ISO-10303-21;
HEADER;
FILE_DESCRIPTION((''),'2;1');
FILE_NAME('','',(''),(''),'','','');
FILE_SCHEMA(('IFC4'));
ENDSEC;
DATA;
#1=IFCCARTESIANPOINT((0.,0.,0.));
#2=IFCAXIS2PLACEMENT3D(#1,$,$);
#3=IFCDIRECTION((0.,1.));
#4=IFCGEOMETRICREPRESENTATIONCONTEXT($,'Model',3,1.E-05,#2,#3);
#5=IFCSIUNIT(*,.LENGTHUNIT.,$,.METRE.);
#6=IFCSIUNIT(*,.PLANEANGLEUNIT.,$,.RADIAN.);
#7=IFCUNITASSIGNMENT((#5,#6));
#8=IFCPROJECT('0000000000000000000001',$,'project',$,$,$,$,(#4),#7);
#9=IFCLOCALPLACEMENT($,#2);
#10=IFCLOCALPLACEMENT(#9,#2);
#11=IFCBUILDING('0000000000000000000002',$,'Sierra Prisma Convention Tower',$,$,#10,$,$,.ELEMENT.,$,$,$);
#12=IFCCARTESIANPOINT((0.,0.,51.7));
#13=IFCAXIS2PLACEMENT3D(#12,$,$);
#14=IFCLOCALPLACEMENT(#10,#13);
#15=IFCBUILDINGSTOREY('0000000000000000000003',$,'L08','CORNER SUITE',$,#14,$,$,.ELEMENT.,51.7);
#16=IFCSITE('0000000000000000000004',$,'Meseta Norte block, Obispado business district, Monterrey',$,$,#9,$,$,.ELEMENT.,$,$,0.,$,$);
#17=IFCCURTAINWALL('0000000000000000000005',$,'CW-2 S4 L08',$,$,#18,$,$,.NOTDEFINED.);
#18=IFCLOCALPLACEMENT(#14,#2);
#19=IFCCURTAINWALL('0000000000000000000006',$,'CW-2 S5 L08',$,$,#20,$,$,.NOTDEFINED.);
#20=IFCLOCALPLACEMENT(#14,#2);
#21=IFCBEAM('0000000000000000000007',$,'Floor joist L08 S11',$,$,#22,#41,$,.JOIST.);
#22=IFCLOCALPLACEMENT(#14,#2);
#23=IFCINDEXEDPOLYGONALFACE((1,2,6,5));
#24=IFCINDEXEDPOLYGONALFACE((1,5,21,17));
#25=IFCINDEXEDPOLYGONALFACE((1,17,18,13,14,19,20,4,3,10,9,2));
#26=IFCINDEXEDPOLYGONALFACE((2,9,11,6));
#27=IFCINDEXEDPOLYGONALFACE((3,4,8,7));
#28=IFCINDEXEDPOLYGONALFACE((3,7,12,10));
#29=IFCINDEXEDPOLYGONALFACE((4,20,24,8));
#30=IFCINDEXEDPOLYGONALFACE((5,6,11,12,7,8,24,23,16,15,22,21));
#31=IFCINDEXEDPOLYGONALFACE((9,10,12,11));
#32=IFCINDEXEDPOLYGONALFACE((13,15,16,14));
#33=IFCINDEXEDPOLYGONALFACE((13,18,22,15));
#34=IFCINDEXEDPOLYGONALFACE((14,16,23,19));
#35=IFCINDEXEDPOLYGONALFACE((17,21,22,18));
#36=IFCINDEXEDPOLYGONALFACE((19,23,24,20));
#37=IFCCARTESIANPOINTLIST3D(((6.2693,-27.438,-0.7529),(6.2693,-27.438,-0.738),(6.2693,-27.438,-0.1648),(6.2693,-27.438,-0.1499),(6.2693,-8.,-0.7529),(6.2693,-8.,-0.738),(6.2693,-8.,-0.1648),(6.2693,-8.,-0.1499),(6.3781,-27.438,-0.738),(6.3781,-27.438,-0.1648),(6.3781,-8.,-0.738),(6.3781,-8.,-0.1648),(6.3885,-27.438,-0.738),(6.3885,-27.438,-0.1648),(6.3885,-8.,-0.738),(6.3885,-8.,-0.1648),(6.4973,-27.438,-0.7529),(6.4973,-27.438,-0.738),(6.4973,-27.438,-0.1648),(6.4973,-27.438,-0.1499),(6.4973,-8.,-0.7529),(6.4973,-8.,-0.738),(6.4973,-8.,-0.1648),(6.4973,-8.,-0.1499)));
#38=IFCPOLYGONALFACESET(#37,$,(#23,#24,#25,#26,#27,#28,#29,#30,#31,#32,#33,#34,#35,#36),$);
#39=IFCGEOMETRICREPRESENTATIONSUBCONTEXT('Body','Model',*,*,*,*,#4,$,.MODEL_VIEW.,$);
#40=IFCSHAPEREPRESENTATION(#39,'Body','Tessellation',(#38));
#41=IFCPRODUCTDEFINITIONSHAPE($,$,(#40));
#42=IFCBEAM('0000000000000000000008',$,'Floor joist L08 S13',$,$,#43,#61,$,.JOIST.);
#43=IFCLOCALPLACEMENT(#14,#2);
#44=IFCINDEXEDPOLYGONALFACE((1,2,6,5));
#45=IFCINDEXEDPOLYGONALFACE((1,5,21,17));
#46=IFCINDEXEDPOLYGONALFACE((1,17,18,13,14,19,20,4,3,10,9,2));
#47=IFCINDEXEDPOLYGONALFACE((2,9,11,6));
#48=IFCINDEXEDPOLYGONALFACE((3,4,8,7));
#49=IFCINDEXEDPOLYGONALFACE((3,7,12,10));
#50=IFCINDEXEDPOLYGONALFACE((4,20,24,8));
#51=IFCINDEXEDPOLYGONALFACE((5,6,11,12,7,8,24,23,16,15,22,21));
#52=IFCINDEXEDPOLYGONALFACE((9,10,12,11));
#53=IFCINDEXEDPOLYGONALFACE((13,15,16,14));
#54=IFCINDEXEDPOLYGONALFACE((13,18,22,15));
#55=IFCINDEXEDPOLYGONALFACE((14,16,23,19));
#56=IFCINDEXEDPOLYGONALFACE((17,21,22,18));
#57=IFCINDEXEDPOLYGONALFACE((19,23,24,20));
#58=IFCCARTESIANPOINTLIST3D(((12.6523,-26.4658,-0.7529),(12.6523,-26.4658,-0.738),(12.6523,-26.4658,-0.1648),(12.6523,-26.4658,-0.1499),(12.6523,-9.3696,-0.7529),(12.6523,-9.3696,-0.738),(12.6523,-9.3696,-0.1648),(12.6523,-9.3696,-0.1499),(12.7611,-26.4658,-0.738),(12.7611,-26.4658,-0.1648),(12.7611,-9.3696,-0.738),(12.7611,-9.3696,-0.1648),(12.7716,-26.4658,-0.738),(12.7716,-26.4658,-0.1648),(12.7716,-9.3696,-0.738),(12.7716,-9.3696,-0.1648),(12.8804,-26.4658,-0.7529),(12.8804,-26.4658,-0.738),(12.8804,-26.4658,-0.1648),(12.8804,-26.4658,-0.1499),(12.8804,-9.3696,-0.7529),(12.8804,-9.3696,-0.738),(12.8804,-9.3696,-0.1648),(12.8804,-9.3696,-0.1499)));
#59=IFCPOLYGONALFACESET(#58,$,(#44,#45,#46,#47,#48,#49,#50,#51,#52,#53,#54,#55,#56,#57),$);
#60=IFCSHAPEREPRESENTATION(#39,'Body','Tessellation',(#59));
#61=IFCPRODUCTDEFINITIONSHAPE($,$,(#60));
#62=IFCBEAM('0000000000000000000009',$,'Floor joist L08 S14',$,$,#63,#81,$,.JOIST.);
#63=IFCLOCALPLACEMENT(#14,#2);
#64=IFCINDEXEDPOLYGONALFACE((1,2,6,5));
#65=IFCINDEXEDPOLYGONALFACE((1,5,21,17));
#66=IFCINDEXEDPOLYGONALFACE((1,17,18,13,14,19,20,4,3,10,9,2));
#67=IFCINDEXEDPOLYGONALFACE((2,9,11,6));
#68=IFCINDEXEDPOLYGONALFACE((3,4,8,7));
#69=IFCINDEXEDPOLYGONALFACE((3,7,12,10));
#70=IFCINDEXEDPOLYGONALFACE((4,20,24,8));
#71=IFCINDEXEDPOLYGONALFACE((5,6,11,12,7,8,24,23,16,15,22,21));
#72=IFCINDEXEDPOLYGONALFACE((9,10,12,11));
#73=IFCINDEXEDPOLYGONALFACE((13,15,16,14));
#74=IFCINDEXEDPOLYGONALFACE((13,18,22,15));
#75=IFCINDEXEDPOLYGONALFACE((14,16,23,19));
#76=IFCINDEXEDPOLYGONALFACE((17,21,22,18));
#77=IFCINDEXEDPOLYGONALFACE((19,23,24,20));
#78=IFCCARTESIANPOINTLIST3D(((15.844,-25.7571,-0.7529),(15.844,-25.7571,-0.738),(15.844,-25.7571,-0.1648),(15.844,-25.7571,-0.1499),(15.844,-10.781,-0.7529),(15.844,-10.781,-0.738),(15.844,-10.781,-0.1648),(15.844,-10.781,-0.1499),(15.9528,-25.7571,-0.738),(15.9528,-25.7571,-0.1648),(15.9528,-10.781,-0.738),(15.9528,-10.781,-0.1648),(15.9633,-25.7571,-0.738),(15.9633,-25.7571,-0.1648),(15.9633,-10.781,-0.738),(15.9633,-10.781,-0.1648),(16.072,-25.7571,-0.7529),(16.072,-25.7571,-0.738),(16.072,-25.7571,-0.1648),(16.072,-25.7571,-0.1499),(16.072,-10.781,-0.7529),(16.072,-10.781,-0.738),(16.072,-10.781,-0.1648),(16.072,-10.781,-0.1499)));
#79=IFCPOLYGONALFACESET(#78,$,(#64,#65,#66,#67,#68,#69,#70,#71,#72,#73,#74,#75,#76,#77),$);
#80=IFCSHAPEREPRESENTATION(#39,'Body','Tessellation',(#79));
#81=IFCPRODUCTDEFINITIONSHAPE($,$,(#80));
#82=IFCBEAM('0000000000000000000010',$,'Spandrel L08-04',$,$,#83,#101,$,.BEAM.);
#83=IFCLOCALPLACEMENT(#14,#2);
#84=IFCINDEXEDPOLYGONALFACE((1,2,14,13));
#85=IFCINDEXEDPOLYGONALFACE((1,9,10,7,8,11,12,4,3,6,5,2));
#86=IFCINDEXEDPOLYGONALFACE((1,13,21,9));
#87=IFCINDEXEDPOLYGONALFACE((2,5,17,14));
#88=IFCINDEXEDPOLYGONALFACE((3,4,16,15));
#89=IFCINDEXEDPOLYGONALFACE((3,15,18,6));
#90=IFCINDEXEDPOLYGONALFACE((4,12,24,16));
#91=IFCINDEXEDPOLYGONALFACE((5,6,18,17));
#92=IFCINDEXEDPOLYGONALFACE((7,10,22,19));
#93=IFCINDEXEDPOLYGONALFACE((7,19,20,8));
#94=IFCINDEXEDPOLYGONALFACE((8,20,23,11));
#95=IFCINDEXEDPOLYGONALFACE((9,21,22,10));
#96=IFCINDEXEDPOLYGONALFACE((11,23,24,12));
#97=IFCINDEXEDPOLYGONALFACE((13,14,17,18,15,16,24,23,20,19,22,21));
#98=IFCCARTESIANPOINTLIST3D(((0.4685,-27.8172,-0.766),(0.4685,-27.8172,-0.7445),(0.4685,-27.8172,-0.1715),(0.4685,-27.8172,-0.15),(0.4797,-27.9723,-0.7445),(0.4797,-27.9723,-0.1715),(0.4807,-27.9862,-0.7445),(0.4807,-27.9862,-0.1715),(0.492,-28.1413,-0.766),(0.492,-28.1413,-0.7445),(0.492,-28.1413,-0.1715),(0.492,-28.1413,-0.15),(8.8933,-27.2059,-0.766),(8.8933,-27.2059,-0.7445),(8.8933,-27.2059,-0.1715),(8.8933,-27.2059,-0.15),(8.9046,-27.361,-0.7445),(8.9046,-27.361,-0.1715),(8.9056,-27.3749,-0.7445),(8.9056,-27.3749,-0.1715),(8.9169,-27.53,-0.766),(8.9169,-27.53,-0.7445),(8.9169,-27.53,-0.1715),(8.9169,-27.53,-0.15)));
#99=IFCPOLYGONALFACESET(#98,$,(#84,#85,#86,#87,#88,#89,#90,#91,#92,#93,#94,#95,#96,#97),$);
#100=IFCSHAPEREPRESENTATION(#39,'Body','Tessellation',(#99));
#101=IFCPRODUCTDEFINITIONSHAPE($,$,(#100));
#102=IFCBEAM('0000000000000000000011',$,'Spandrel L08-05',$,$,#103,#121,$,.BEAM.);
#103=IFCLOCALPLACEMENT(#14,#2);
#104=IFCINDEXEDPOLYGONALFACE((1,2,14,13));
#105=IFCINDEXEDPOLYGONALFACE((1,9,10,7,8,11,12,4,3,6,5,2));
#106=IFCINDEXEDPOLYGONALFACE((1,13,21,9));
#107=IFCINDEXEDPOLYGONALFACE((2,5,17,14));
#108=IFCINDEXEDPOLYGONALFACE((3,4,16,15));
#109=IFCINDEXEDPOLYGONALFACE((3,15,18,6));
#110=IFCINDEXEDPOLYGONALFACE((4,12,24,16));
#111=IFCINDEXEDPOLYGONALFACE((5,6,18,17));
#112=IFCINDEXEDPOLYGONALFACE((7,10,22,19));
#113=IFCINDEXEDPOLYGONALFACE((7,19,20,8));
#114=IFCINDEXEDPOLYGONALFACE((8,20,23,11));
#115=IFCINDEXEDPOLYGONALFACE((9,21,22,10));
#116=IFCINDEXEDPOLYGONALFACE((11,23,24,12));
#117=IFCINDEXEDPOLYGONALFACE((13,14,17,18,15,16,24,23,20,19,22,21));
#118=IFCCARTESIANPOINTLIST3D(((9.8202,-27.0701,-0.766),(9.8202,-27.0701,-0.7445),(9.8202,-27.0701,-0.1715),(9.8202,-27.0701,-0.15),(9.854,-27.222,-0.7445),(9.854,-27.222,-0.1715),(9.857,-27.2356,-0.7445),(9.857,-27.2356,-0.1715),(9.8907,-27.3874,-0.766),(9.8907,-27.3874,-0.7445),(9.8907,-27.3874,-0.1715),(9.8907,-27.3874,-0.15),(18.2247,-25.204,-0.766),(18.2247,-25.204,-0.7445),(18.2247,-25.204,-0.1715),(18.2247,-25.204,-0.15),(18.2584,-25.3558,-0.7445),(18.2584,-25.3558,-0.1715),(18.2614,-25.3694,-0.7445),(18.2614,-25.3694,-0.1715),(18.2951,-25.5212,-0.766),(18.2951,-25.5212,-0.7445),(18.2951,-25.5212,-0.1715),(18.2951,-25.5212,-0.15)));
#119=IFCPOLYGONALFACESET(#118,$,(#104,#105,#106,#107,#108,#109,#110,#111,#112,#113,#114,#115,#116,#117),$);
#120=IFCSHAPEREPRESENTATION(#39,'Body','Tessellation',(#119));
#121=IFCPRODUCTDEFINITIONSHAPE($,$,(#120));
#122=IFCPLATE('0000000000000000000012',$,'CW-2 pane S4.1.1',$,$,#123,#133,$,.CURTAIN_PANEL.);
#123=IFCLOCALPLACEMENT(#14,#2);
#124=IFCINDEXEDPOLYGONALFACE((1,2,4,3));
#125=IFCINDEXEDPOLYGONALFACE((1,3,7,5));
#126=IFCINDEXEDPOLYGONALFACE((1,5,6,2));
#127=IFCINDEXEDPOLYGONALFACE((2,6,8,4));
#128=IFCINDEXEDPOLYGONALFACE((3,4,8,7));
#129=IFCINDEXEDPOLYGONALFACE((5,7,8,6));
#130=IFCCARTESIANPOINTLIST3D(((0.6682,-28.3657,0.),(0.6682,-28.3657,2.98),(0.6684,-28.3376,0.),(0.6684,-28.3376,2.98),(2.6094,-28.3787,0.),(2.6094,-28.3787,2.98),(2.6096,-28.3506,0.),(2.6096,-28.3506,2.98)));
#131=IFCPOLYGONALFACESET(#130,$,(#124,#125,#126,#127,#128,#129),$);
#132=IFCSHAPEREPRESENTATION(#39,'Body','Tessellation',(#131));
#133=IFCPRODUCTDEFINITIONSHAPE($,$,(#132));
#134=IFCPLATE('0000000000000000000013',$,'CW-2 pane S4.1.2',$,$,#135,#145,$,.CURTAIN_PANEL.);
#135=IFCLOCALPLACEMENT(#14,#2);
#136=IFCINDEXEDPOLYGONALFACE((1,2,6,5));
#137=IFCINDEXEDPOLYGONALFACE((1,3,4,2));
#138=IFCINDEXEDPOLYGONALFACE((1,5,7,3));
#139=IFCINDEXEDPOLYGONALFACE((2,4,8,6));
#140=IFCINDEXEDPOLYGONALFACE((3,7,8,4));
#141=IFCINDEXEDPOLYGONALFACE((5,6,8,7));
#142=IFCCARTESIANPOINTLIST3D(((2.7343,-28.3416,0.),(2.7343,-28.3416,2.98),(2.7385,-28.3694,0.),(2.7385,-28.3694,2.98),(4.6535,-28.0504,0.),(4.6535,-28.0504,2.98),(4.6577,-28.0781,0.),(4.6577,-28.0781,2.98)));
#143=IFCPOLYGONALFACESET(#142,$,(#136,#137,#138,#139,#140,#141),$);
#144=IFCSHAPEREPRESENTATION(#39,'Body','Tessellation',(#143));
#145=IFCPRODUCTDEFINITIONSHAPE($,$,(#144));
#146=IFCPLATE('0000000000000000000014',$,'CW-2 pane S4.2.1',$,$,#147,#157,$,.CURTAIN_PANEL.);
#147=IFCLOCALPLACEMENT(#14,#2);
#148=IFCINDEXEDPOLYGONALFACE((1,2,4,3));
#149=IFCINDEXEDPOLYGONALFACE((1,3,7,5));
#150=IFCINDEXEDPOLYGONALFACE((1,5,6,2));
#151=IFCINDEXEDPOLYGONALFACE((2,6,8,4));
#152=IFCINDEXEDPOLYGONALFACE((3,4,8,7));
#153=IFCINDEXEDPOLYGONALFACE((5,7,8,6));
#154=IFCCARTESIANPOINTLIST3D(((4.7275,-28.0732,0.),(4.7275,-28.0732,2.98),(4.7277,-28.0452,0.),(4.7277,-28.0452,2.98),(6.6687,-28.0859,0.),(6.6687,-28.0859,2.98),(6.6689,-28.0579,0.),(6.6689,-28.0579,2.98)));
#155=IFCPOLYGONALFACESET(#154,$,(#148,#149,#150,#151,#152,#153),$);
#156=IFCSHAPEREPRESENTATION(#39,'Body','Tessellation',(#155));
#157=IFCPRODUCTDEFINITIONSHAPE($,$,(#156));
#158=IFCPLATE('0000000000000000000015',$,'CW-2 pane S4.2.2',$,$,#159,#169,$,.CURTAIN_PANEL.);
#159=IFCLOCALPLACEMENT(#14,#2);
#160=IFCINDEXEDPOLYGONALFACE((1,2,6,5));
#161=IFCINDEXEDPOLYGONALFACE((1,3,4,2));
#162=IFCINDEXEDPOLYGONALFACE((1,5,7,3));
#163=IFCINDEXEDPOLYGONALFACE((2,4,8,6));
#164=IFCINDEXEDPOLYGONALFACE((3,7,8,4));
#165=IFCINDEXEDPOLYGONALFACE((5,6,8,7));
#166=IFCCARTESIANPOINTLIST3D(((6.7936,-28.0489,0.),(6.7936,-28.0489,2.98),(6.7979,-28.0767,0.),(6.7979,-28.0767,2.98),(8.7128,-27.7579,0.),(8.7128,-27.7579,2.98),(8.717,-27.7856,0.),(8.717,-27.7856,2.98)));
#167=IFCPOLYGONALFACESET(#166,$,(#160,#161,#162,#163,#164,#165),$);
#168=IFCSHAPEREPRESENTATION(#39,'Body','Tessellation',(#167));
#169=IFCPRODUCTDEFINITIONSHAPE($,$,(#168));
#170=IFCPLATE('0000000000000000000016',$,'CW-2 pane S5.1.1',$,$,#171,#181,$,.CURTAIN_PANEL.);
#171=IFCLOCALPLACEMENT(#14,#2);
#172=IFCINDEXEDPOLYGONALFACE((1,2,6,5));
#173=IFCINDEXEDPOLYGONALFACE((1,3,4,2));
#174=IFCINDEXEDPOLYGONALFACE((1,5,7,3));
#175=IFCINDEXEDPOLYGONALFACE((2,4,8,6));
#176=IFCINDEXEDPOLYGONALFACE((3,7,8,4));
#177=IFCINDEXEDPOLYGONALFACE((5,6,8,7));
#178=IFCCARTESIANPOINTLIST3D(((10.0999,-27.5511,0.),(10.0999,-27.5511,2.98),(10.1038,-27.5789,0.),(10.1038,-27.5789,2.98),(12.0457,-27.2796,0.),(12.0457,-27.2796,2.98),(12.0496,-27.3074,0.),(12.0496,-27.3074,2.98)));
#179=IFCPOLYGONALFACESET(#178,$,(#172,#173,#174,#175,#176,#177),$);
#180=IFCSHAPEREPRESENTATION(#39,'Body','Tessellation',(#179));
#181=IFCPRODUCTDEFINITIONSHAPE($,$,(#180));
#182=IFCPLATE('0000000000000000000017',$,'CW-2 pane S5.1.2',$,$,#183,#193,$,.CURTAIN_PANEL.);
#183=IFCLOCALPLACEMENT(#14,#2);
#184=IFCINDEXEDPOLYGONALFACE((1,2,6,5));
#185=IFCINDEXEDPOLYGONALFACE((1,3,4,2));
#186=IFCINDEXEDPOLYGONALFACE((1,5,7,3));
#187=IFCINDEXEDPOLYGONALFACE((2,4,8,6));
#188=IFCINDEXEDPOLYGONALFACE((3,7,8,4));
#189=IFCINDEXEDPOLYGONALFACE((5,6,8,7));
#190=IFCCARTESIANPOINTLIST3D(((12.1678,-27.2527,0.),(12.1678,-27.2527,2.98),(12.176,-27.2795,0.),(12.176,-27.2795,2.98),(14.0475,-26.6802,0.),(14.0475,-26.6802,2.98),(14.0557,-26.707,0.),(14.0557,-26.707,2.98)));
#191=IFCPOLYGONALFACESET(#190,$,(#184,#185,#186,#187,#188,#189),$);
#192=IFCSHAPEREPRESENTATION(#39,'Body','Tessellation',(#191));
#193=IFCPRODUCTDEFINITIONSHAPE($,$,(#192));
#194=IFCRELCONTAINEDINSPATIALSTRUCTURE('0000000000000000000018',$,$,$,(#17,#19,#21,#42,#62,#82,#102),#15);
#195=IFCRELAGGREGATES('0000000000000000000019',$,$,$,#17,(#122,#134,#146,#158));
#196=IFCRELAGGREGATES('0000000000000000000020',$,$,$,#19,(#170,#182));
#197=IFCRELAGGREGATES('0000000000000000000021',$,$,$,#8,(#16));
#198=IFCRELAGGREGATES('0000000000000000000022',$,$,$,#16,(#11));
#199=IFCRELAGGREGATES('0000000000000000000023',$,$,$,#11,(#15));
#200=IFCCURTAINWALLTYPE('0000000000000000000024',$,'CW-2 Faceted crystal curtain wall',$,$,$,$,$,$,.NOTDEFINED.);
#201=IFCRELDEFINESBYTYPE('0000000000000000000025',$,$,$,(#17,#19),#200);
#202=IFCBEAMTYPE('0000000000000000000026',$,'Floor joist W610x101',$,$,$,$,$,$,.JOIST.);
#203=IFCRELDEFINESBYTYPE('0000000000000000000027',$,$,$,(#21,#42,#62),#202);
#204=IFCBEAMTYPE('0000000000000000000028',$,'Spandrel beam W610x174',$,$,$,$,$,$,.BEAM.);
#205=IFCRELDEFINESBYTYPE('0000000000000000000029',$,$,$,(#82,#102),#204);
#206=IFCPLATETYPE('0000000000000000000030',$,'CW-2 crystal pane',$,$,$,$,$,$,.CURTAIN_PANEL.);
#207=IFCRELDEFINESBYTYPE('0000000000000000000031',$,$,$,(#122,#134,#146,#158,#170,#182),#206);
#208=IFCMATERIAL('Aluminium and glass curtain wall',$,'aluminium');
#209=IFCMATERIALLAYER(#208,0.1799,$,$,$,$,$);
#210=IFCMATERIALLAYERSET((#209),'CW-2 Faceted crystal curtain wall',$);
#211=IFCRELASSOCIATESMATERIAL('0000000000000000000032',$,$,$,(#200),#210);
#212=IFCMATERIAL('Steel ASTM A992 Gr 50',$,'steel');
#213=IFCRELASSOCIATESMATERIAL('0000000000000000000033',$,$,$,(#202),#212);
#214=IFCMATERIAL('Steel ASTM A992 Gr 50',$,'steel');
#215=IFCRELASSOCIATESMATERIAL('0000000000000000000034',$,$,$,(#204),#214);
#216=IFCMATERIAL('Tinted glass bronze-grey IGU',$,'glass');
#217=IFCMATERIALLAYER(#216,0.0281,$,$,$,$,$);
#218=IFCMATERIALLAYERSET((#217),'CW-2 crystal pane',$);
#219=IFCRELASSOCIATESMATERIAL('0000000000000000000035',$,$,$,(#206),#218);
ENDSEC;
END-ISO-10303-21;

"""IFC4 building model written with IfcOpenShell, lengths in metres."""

from ifc_helpers import new_model, si_unit, direction, frame, origin, origin_2d, place, context, subcontext, project, spatial, polyline, i_section, outline, extrude, material, layer, layer_set, material_profile, profile_set, type_object, element, aggregate, save


model = new_model("IFC4")

# Units and contexts
model_context = context("Model", 3, precision=1e-05, world=origin(), true_north=direction((0.0, 1.0)))
body_context = subcontext(model_context, "Body", "Model", "MODEL_VIEW")
ifc_project = project(units=[si_unit("LENGTHUNIT", "METRE"), si_unit("PLANEANGLEUNIT", "RADIAN")], contexts=[model_context])

# Site, building, storey
site_placement = place(None, origin())
site = spatial("IfcSite", under=ifc_project, at=site_placement, Name="Meseta Norte block, Obispado business district, Monterrey", CompositionType="ELEMENT", RefElevation=0.0)
building_placement = place(site_placement, origin())
building = spatial("IfcBuilding", under=site, at=building_placement, Name="Sierra Prisma Convention Tower", CompositionType="ELEMENT")
storey_placement = place(building_placement, frame((0.0, 0.0, 51.7)))
storey = spatial("IfcBuildingStorey", under=building, at=storey_placement, Name="L08", Description="CORNER SUITE", CompositionType="ELEMENT", Elevation=51.7)

# Curtain walls
ifc_material_1 = material(Name="Aluminium and glass curtain wall", Category="aluminium")
ifc_layer_1 = layer(ifc_material_1, 0.1799)
ifc_layer_set_1 = layer_set([ifc_layer_1], Name="CW-2 Faceted crystal curtain wall")
curtain_wall_type = type_object("IfcCurtainWallType", Name="CW-2 Faceted crystal curtain wall", PredefinedType="NOTDEFINED", material=ifc_layer_set_1)
curtain_wall_1_placement = place(storey_placement, origin())
curtain_wall_1 = element("IfcCurtainWall", 1, at=curtain_wall_1_placement, inside=storey, type_object=curtain_wall_type, Name="CW-2 S4 L08", PredefinedType="NOTDEFINED")
curtain_wall_2_placement = place(storey_placement, origin())
curtain_wall_2 = element("IfcCurtainWall", 2, at=curtain_wall_2_placement, inside=storey, type_object=curtain_wall_type, Name="CW-2 S5 L08", PredefinedType="NOTDEFINED")

# Beams
ifc_material_2 = material(Name="Steel ASTM A992 Gr 50", Category="steel")
ifc_material_profile_1 = material_profile(ifc_material_2, i_section(OverallWidth=0.228, OverallDepth=0.603, WebThickness=0.0105, FlangeThickness=0.0149, at=origin_2d()), Name="W610x101")
ifc_profile_set_1 = profile_set([ifc_material_profile_1], Name="Steel ASTM A992 Gr 50")
beam_type_1 = type_object("IfcBeamType", Name="Floor joist W610x101", PredefinedType="JOIST", material=ifc_profile_set_1)
beam_1_placement = place(storey_placement, frame((6.3833, -27.438, -0.4514), z_axis=(0.0, 1.0, 0.0), x_axis=(-1.0, 0.0, 0.0)))
element("IfcBeam", 3, at=beam_1_placement, inside=storey, type_object=beam_type_1, Name="Floor joist L08 S11", PredefinedType="JOIST", context=body_context, shape_type="SweptSolid", body=[
    extrude(i_section(OverallWidth=0.228, OverallDepth=0.603, WebThickness=0.0105, FlangeThickness=0.0149, at=origin_2d()), origin(), (0.0, 0.0, 1.0), 19.438),
])
beam_2_placement = place(storey_placement, frame((12.7664, -26.4658, -0.4514), z_axis=(0.0, 1.0, 0.0), x_axis=(-1.0, 0.0, 0.0)))
element("IfcBeam", 4, at=beam_2_placement, inside=storey, type_object=beam_type_1, Name="Floor joist L08 S13", PredefinedType="JOIST", context=body_context, shape_type="SweptSolid", body=[
    extrude(i_section(OverallWidth=0.228, OverallDepth=0.603, WebThickness=0.0105, FlangeThickness=0.0149, at=origin_2d()), origin(), (0.0, 0.0, 1.0), 17.0962),
])
beam_3_placement = place(storey_placement, frame((15.958, -25.7571, -0.4514), z_axis=(0.0, 1.0, 0.0), x_axis=(-1.0, 0.0, 0.0)))
element("IfcBeam", 5, at=beam_3_placement, inside=storey, type_object=beam_type_1, Name="Floor joist L08 S14", PredefinedType="JOIST", context=body_context, shape_type="SweptSolid", body=[
    extrude(i_section(OverallWidth=0.228, OverallDepth=0.603, WebThickness=0.0105, FlangeThickness=0.0149, at=origin_2d()), origin(), (0.0, 0.0, 1.0), 14.9761),
])
ifc_material_3 = material(Name="Steel ASTM A992 Gr 50", Category="steel")
ifc_material_profile_2 = material_profile(ifc_material_3, i_section(OverallWidth=0.325, OverallDepth=0.616, WebThickness=0.0139, FlangeThickness=0.0215, at=origin_2d()), Name="W610x174")
ifc_profile_set_2 = profile_set([ifc_material_profile_2], Name="Steel ASTM A992 Gr 50")
beam_type_2 = type_object("IfcBeamType", Name="Spandrel beam W610x174", PredefinedType="BEAM", material=ifc_profile_set_2)
beam_4_placement = place(storey_placement, frame((0.4802, -27.9792, -0.458), z_axis=(0.997378, 0.072373, 0.0), x_axis=(-0.072373, 0.997378, 0.0)))
element("IfcBeam", 6, at=beam_4_placement, inside=storey, type_object=beam_type_2, Name="Spandrel L08-04", PredefinedType="BEAM", context=body_context, shape_type="SweptSolid", body=[
    extrude(i_section(OverallWidth=0.325, OverallDepth=0.616, WebThickness=0.0139, FlangeThickness=0.0215, at=origin_2d()), origin(), (0.0, 0.0, 1.0), 8.447),
])
beam_5_placement = place(storey_placement, frame((9.8555, -27.2288, -0.458), z_axis=(0.976223, 0.216768, 0.0), x_axis=(-0.216768, 0.976223, 0.0)))
element("IfcBeam", 7, at=beam_5_placement, inside=storey, type_object=beam_type_2, Name="Spandrel L08-05", PredefinedType="BEAM", context=body_context, shape_type="SweptSolid", body=[
    extrude(i_section(OverallWidth=0.325, OverallDepth=0.616, WebThickness=0.0139, FlangeThickness=0.0215, at=origin_2d()), origin(), (0.0, 0.0, 1.0), 8.6091),
])

# Plates
ifc_material_4 = material(Name="Tinted glass bronze-grey IGU", Category="glass")
ifc_layer_2 = layer(ifc_material_4, 0.0281)
ifc_layer_set_2 = layer_set([ifc_layer_2], Name="CW-2 crystal pane")
plate_type = type_object("IfcPlateType", Name="CW-2 crystal pane", PredefinedType="CURTAIN_PANEL", material=ifc_layer_set_2)
plate_1_placement = place(storey_placement, frame((0.6682, -28.3657, 0.0), z_axis=(-0.006666, -0.999978, 0.0), x_axis=(0.999978, -0.006666, 0.0)))
plate_1 = element("IfcPlate", 8, at=plate_1_placement, type_object=plate_type, Name="CW-2 pane S4.1.1", PredefinedType="CURTAIN_PANEL", context=body_context, shape_type="SweptSolid", body=[
    extrude(outline(polyline([(0.0, 0.0), (1.9412, 0.0), (1.9412, 2.98), (0.0, 2.98), (0.0, 0.0)])), origin(), (0.0, 0.0, -1.0), 0.0281),
])
plate_2_placement = place(storey_placement, frame((4.6577, -28.0781, 0.0), z_axis=(0.150044, -0.988679, 0.0), x_axis=(-0.988679, -0.150044, 0.0)))
plate_2 = element("IfcPlate", 9, at=plate_2_placement, type_object=plate_type, Name="CW-2 pane S4.1.2", PredefinedType="CURTAIN_PANEL", context=body_context, shape_type="SweptSolid", body=[
    extrude(outline(polyline([(0.0, 0.0), (1.9412, 0.0), (1.9412, -2.98), (0.0, -2.98), (0.0, 0.0)])), origin(), (0.0, 0.0, -1.0), 0.0281),
])
plate_3_placement = place(storey_placement, frame((4.7275, -28.0732, 0.0), z_axis=(-0.00654, -0.999979, 0.0), x_axis=(0.999979, -0.00654, 0.0)))
plate_3 = element("IfcPlate", 10, at=plate_3_placement, type_object=plate_type, Name="CW-2 pane S4.2.1", PredefinedType="CURTAIN_PANEL", context=body_context, shape_type="SweptSolid", body=[
    extrude(outline(polyline([(0.0, 0.0), (1.9412, 0.0), (1.9412, 2.98), (0.0, 2.98), (0.0, 0.0)])), origin(), (0.0, 0.0, -1.0), 0.0281),
])
plate_4_placement = place(storey_placement, frame((8.717, -27.7856, 0.0), z_axis=(0.149921, -0.988698, 0.0), x_axis=(-0.988698, -0.149921, 0.0)))
plate_4 = element("IfcPlate", 11, at=plate_4_placement, type_object=plate_type, Name="CW-2 pane S4.2.2", PredefinedType="CURTAIN_PANEL", context=body_context, shape_type="SweptSolid", body=[
    extrude(outline(polyline([(0.0, 0.0), (1.9411, 0.0), (1.9411, -2.98), (0.0, -2.98), (0.0, 0.0)])), origin(), (0.0, 0.0, -1.0), 0.0281),
])
aggregate(curtain_wall_1, [plate_1, plate_2, plate_3, plate_4])
plate_5_placement = place(storey_placement, frame((10.1038, -27.5789, 0.0), z_axis=(0.138185, -0.990406, 0.0), x_axis=(0.990406, 0.138185, 0.0)))
plate_5 = element("IfcPlate", 12, at=plate_5_placement, type_object=plate_type, Name="CW-2 pane S5.1.1", PredefinedType="CURTAIN_PANEL", context=body_context, shape_type="SweptSolid", body=[
    extrude(outline(polyline([(0.0, 0.0), (1.9646, 0.0), (1.9646, 2.98), (0.0, 2.98), (0.0, 0.0)])), origin(), (0.0, 0.0, -1.0), 0.0281),
])
plate_6_placement = place(storey_placement, frame((14.0557, -26.707, 0.0), z_axis=(0.291369, -0.956611, 0.0), x_axis=(-0.956611, -0.291369, 0.0)))
plate_6 = element("IfcPlate", 13, at=plate_6_placement, type_object=plate_type, Name="CW-2 pane S5.1.2", PredefinedType="CURTAIN_PANEL", context=body_context, shape_type="SweptSolid", body=[
    extrude(outline(polyline([(0.0, 0.0), (1.9649, 0.0), (1.9649, -2.98), (0.0, -2.98), (0.0, 0.0)])), origin(), (0.0, 0.0, -1.0), 0.0281),
])
aggregate(curtain_wall_2, [plate_5, plate_6])

save(model, "model.ifc")
